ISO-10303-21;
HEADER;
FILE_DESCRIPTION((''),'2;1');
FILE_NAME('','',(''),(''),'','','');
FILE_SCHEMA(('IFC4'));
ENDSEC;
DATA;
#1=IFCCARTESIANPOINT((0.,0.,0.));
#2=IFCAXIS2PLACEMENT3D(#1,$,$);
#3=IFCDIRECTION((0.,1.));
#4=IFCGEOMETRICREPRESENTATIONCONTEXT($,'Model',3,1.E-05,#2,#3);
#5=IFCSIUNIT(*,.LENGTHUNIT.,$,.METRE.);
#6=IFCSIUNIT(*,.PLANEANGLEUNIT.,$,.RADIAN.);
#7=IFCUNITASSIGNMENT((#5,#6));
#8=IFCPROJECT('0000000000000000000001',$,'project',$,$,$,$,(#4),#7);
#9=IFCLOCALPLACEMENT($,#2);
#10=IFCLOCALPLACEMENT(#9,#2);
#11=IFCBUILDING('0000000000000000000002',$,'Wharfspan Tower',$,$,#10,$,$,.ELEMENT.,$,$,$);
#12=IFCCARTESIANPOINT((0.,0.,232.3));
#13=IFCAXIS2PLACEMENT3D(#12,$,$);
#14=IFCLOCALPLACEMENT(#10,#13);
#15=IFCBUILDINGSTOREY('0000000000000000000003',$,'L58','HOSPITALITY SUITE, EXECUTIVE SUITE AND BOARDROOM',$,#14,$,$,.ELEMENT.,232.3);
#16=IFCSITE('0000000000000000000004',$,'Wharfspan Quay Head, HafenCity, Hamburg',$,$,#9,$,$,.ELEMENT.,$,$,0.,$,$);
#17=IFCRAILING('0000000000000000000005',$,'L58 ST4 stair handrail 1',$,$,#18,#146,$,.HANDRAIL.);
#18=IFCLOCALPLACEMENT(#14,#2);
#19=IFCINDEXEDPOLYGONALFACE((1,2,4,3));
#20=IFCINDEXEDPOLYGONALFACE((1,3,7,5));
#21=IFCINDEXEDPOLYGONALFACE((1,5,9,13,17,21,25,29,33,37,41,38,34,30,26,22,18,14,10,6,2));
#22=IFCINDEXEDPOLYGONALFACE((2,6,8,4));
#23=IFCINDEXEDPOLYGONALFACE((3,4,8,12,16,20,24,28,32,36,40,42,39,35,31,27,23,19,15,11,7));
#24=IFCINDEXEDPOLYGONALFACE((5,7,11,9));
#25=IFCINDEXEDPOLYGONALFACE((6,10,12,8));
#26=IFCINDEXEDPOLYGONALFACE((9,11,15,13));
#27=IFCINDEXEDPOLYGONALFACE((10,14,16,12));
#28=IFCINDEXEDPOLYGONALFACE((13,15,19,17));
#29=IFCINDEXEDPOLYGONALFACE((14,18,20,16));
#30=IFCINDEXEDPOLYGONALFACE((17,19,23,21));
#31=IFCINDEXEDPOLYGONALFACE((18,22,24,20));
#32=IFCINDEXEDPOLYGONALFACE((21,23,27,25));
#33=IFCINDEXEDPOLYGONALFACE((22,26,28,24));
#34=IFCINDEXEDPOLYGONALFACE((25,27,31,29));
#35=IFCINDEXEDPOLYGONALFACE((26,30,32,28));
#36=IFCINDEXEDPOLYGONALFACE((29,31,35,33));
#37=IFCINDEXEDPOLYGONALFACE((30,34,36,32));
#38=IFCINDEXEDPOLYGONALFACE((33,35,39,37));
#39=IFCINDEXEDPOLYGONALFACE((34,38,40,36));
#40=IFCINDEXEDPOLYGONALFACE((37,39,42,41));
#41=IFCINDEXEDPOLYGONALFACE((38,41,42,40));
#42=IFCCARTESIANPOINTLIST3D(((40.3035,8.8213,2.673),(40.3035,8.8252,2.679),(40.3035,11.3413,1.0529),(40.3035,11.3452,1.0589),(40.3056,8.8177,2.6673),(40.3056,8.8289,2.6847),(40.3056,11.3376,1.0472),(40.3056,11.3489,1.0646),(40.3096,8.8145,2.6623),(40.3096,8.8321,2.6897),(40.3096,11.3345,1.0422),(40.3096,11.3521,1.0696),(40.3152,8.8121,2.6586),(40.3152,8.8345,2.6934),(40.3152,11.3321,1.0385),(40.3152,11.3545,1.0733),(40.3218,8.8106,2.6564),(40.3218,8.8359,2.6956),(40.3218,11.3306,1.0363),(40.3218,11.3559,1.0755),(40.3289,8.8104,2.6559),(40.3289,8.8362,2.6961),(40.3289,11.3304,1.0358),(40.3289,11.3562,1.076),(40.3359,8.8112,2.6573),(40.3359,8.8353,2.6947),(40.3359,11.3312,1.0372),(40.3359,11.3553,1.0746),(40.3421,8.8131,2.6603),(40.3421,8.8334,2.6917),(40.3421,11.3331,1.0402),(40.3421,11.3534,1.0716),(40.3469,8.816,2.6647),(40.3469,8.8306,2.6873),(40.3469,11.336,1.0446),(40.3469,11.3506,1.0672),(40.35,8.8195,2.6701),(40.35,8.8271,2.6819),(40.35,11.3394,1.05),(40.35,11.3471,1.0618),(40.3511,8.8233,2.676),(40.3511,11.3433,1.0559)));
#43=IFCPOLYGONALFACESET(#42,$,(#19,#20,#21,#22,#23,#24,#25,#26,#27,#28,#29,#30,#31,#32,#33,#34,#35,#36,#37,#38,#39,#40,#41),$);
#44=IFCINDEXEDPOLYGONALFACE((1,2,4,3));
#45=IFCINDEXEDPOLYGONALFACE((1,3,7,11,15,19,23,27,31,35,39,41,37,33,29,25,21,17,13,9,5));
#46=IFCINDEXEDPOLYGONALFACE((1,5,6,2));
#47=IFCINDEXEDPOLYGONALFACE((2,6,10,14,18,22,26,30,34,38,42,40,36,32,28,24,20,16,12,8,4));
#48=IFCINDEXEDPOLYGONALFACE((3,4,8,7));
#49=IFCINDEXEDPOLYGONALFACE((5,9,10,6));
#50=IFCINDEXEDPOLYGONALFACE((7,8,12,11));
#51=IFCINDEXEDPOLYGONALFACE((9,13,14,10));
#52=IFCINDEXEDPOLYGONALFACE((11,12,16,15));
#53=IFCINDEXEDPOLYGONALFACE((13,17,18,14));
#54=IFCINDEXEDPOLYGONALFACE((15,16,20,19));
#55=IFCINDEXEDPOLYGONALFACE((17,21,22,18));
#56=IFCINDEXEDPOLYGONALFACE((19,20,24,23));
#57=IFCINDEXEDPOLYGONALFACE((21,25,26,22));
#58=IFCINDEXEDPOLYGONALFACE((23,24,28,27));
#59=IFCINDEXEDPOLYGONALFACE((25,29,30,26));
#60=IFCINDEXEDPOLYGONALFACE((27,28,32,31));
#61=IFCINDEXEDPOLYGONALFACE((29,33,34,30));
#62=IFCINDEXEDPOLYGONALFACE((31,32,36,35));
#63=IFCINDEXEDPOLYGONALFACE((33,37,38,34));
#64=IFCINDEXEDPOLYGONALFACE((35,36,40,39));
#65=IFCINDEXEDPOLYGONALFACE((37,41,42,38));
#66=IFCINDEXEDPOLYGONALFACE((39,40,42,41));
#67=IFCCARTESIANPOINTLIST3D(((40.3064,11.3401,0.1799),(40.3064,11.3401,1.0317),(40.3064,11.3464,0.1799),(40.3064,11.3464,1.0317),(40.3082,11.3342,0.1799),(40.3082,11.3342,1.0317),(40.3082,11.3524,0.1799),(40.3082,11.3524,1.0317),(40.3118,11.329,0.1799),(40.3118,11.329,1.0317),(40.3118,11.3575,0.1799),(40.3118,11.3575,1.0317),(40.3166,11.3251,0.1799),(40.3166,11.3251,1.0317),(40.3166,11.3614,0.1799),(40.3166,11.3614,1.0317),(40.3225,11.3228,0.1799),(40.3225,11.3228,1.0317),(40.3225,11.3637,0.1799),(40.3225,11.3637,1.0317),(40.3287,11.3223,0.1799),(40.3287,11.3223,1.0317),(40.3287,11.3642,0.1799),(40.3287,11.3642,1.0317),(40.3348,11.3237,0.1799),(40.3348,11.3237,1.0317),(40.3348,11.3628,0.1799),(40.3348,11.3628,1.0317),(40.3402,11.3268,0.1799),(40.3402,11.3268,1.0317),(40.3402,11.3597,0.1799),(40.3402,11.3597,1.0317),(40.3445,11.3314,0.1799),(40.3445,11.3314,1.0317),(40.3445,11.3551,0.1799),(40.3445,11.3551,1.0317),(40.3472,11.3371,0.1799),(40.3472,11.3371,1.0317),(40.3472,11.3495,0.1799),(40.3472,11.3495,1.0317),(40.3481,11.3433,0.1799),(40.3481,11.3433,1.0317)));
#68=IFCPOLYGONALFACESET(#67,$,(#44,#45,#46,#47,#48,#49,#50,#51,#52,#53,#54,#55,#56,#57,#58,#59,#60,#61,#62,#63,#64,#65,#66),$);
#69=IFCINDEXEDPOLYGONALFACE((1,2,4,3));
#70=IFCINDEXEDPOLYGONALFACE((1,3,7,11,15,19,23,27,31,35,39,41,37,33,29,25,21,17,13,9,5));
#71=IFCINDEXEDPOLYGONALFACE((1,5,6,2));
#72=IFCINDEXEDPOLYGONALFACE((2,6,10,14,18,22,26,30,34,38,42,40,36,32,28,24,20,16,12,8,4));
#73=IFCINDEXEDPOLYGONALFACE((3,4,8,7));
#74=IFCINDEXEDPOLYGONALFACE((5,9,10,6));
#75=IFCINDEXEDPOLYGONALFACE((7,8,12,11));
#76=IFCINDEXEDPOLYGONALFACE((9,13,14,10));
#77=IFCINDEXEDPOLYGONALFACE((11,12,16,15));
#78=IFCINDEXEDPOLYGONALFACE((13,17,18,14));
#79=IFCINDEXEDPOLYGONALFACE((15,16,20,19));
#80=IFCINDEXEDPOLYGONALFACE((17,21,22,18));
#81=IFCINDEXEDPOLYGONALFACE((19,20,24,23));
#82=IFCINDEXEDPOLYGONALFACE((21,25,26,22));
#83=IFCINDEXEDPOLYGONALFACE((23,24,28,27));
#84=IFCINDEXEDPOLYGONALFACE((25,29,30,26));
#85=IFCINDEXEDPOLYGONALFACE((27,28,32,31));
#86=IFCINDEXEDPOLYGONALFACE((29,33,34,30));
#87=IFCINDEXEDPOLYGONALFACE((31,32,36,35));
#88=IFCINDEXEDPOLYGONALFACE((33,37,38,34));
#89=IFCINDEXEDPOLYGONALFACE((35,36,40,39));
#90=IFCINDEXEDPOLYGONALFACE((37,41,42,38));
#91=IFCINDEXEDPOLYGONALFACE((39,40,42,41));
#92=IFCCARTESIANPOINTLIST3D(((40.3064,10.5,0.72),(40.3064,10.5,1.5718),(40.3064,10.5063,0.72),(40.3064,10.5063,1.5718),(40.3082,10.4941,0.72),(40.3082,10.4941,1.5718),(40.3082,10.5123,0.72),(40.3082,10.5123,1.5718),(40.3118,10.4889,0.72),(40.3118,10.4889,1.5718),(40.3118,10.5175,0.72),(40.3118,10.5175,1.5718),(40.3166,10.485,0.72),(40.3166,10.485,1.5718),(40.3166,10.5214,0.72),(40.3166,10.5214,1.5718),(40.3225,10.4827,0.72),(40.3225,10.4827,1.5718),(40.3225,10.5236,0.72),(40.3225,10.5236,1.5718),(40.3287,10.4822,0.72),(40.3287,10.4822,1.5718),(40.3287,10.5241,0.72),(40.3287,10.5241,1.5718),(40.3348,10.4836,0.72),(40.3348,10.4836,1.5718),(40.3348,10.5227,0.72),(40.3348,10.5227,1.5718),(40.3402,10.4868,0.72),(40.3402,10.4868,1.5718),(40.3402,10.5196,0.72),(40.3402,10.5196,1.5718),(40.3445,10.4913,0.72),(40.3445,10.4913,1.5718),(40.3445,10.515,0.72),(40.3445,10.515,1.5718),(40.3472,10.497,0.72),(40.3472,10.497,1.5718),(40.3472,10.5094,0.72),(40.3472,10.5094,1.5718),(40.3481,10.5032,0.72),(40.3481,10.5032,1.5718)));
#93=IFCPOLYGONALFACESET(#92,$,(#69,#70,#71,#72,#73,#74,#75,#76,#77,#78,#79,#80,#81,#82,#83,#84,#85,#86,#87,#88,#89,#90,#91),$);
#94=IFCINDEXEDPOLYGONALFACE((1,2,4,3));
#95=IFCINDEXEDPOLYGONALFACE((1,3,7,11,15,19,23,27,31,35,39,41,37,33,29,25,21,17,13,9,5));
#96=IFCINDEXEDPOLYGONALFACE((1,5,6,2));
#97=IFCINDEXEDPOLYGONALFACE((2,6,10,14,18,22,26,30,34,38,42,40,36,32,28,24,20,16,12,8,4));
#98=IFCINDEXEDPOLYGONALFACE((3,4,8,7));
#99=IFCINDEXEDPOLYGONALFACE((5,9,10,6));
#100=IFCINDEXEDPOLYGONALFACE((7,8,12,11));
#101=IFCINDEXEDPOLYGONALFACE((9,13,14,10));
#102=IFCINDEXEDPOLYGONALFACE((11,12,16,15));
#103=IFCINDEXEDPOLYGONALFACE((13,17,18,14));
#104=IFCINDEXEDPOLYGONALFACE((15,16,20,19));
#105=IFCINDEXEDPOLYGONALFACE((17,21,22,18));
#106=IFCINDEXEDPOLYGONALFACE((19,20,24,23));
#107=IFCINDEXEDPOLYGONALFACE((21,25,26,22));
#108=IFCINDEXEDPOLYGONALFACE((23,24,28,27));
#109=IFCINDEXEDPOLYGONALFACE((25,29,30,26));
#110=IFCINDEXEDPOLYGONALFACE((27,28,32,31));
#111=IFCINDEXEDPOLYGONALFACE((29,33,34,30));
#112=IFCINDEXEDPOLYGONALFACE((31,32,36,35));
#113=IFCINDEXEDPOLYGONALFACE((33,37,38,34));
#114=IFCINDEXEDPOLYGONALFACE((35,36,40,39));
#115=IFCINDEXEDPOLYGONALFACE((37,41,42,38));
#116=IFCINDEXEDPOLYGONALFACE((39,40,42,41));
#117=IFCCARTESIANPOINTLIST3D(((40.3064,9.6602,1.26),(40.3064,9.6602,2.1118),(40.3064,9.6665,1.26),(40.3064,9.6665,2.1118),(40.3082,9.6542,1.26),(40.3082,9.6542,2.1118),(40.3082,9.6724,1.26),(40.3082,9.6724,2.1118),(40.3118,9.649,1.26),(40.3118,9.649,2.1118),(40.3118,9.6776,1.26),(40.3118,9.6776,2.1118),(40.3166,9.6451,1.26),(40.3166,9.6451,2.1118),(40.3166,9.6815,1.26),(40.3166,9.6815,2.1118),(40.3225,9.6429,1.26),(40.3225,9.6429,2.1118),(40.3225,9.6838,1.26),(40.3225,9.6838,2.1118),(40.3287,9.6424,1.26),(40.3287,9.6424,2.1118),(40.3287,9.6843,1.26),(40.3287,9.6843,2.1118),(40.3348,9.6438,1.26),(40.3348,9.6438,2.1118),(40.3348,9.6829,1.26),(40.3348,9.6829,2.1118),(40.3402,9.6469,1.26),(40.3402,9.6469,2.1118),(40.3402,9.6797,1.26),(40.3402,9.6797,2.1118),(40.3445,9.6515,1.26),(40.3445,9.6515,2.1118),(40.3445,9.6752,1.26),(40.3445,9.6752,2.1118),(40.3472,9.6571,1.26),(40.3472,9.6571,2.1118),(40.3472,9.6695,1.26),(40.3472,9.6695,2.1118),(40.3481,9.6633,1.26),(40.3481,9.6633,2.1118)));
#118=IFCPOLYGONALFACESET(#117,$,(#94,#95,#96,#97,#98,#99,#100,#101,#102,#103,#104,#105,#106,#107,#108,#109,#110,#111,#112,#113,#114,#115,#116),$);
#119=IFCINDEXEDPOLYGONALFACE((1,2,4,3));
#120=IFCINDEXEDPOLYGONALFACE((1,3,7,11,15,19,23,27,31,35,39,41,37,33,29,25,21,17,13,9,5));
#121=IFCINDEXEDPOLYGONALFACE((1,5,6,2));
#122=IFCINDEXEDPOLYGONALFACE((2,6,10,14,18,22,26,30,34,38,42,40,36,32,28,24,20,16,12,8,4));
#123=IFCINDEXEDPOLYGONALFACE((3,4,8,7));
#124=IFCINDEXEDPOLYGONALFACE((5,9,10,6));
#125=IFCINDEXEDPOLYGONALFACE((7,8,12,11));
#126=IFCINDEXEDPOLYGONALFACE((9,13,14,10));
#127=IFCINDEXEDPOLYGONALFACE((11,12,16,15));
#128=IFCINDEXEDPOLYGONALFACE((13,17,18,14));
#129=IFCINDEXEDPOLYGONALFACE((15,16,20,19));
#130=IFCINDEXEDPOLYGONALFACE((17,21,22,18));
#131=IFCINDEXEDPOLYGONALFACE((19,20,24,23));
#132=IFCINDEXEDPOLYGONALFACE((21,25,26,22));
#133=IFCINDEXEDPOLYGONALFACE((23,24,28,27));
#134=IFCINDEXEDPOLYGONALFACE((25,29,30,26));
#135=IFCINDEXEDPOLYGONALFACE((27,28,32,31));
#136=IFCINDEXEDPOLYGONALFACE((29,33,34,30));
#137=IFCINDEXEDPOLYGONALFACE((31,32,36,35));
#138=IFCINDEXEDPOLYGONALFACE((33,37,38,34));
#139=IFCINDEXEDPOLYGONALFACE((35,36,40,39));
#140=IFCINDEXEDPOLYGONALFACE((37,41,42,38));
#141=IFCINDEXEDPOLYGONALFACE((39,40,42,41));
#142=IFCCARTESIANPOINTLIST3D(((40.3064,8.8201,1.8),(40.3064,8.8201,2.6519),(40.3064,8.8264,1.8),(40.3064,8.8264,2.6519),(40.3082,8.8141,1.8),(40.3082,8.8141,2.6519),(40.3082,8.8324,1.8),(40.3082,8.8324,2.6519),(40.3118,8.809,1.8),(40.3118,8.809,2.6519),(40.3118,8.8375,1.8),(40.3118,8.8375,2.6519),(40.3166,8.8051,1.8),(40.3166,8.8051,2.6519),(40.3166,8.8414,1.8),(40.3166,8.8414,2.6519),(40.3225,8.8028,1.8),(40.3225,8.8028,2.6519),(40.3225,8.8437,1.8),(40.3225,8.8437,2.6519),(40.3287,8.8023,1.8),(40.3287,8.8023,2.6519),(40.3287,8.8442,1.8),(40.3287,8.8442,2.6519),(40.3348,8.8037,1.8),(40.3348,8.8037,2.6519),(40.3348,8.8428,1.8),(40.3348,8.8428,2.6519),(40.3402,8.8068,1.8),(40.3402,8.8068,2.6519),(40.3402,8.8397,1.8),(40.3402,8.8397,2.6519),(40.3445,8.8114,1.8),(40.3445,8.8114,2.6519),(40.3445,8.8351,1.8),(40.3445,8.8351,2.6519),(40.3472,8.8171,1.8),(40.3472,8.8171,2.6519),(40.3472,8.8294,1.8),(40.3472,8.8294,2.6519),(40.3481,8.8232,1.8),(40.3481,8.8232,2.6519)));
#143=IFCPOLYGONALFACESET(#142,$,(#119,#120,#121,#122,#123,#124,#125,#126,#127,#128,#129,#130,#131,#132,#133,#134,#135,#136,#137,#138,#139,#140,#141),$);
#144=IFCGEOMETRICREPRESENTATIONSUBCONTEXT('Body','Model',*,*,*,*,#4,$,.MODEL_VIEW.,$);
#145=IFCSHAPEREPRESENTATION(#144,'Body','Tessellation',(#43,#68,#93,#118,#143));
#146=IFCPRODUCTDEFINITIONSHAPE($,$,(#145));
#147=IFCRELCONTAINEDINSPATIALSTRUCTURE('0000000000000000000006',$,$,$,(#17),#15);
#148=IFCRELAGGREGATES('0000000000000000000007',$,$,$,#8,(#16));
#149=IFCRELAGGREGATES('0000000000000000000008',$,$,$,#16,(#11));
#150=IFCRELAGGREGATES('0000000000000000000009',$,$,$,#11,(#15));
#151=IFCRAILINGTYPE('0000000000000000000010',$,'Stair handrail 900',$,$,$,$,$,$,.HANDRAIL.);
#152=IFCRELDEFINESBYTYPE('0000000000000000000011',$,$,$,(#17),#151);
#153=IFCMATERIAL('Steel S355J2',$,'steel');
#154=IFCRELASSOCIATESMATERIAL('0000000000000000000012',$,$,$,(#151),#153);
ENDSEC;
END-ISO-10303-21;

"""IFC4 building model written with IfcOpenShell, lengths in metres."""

from ifc_helpers import new_model, si_unit, direction, frame, origin, origin_2d, place, context, subcontext, project, spatial, circle, extrude, material, type_object, element, save


model = new_model("IFC4")

# Units and contexts
model_context = context("Model", 3, precision=1e-05, world=origin(), true_north=direction((0.0, 1.0)))
body_context = subcontext(model_context, "Body", "Model", "MODEL_VIEW")
ifc_project = project(units=[si_unit("LENGTHUNIT", "METRE"), si_unit("PLANEANGLEUNIT", "RADIAN")], contexts=[model_context])

# Site, building, storey
site_placement = place(None, origin())
site = spatial("IfcSite", under=ifc_project, at=site_placement, Name="Wharfspan Quay Head, HafenCity, Hamburg", CompositionType="ELEMENT", RefElevation=0.0)
building_placement = place(site_placement, origin())
building = spatial("IfcBuilding", under=site, at=building_placement, Name="Wharfspan Tower", CompositionType="ELEMENT")
storey_placement = place(building_placement, frame((0.0, 0.0, 232.3)))
storey = spatial("IfcBuildingStorey", under=building, at=storey_placement, Name="L58", Description="HOSPITALITY SUITE, EXECUTIVE SUITE AND BOARDROOM", CompositionType="ELEMENT", Elevation=232.3)

# Shared definitions
ifc_material_1 = material(Name="Steel S355J2", Category="steel")

# Railing
railing_type_1 = type_object("IfcRailingType", Name="Stair handrail 900", PredefinedType="HANDRAIL", material=ifc_material_1)
railing_1_placement = place(storey_placement, frame((40.3271, 11.3433, 0.1799)))
element("IfcRailing", 1, at=railing_1_placement, inside=storey, type_object=railing_type_1, Name="L58 ST4 stair handrail 1", PredefinedType="HANDRAIL", context=body_context, shape_type="SweptSolid", body=[
    extrude(circle(Radius=0.0239, at=origin_2d()), frame((0.0, 0.0, 0.876), z_axis=(0.0, -0.841163, 0.540782), x_axis=(1.0, 0.0, 0.0)), (0.0, 0.0, 1.0), 2.9958),
    extrude(circle(Radius=0.021, at=origin_2d()), origin(), (0.0, 0.0, 1.0), 0.8518),
    extrude(circle(Radius=0.021, at=origin_2d()), frame((0.0, -0.8401, 0.54)), (0.0, 0.0, 1.0), 0.8518),
    extrude(circle(Radius=0.021, at=origin_2d()), frame((0.0, -1.6799, 1.0801)), (0.0, 0.0, 1.0), 0.8518),
    extrude(circle(Radius=0.021, at=origin_2d()), frame((0.0, -2.52, 1.6201)), (0.0, 0.0, 1.0), 0.8518),
])

save(model, "model.ifc")
